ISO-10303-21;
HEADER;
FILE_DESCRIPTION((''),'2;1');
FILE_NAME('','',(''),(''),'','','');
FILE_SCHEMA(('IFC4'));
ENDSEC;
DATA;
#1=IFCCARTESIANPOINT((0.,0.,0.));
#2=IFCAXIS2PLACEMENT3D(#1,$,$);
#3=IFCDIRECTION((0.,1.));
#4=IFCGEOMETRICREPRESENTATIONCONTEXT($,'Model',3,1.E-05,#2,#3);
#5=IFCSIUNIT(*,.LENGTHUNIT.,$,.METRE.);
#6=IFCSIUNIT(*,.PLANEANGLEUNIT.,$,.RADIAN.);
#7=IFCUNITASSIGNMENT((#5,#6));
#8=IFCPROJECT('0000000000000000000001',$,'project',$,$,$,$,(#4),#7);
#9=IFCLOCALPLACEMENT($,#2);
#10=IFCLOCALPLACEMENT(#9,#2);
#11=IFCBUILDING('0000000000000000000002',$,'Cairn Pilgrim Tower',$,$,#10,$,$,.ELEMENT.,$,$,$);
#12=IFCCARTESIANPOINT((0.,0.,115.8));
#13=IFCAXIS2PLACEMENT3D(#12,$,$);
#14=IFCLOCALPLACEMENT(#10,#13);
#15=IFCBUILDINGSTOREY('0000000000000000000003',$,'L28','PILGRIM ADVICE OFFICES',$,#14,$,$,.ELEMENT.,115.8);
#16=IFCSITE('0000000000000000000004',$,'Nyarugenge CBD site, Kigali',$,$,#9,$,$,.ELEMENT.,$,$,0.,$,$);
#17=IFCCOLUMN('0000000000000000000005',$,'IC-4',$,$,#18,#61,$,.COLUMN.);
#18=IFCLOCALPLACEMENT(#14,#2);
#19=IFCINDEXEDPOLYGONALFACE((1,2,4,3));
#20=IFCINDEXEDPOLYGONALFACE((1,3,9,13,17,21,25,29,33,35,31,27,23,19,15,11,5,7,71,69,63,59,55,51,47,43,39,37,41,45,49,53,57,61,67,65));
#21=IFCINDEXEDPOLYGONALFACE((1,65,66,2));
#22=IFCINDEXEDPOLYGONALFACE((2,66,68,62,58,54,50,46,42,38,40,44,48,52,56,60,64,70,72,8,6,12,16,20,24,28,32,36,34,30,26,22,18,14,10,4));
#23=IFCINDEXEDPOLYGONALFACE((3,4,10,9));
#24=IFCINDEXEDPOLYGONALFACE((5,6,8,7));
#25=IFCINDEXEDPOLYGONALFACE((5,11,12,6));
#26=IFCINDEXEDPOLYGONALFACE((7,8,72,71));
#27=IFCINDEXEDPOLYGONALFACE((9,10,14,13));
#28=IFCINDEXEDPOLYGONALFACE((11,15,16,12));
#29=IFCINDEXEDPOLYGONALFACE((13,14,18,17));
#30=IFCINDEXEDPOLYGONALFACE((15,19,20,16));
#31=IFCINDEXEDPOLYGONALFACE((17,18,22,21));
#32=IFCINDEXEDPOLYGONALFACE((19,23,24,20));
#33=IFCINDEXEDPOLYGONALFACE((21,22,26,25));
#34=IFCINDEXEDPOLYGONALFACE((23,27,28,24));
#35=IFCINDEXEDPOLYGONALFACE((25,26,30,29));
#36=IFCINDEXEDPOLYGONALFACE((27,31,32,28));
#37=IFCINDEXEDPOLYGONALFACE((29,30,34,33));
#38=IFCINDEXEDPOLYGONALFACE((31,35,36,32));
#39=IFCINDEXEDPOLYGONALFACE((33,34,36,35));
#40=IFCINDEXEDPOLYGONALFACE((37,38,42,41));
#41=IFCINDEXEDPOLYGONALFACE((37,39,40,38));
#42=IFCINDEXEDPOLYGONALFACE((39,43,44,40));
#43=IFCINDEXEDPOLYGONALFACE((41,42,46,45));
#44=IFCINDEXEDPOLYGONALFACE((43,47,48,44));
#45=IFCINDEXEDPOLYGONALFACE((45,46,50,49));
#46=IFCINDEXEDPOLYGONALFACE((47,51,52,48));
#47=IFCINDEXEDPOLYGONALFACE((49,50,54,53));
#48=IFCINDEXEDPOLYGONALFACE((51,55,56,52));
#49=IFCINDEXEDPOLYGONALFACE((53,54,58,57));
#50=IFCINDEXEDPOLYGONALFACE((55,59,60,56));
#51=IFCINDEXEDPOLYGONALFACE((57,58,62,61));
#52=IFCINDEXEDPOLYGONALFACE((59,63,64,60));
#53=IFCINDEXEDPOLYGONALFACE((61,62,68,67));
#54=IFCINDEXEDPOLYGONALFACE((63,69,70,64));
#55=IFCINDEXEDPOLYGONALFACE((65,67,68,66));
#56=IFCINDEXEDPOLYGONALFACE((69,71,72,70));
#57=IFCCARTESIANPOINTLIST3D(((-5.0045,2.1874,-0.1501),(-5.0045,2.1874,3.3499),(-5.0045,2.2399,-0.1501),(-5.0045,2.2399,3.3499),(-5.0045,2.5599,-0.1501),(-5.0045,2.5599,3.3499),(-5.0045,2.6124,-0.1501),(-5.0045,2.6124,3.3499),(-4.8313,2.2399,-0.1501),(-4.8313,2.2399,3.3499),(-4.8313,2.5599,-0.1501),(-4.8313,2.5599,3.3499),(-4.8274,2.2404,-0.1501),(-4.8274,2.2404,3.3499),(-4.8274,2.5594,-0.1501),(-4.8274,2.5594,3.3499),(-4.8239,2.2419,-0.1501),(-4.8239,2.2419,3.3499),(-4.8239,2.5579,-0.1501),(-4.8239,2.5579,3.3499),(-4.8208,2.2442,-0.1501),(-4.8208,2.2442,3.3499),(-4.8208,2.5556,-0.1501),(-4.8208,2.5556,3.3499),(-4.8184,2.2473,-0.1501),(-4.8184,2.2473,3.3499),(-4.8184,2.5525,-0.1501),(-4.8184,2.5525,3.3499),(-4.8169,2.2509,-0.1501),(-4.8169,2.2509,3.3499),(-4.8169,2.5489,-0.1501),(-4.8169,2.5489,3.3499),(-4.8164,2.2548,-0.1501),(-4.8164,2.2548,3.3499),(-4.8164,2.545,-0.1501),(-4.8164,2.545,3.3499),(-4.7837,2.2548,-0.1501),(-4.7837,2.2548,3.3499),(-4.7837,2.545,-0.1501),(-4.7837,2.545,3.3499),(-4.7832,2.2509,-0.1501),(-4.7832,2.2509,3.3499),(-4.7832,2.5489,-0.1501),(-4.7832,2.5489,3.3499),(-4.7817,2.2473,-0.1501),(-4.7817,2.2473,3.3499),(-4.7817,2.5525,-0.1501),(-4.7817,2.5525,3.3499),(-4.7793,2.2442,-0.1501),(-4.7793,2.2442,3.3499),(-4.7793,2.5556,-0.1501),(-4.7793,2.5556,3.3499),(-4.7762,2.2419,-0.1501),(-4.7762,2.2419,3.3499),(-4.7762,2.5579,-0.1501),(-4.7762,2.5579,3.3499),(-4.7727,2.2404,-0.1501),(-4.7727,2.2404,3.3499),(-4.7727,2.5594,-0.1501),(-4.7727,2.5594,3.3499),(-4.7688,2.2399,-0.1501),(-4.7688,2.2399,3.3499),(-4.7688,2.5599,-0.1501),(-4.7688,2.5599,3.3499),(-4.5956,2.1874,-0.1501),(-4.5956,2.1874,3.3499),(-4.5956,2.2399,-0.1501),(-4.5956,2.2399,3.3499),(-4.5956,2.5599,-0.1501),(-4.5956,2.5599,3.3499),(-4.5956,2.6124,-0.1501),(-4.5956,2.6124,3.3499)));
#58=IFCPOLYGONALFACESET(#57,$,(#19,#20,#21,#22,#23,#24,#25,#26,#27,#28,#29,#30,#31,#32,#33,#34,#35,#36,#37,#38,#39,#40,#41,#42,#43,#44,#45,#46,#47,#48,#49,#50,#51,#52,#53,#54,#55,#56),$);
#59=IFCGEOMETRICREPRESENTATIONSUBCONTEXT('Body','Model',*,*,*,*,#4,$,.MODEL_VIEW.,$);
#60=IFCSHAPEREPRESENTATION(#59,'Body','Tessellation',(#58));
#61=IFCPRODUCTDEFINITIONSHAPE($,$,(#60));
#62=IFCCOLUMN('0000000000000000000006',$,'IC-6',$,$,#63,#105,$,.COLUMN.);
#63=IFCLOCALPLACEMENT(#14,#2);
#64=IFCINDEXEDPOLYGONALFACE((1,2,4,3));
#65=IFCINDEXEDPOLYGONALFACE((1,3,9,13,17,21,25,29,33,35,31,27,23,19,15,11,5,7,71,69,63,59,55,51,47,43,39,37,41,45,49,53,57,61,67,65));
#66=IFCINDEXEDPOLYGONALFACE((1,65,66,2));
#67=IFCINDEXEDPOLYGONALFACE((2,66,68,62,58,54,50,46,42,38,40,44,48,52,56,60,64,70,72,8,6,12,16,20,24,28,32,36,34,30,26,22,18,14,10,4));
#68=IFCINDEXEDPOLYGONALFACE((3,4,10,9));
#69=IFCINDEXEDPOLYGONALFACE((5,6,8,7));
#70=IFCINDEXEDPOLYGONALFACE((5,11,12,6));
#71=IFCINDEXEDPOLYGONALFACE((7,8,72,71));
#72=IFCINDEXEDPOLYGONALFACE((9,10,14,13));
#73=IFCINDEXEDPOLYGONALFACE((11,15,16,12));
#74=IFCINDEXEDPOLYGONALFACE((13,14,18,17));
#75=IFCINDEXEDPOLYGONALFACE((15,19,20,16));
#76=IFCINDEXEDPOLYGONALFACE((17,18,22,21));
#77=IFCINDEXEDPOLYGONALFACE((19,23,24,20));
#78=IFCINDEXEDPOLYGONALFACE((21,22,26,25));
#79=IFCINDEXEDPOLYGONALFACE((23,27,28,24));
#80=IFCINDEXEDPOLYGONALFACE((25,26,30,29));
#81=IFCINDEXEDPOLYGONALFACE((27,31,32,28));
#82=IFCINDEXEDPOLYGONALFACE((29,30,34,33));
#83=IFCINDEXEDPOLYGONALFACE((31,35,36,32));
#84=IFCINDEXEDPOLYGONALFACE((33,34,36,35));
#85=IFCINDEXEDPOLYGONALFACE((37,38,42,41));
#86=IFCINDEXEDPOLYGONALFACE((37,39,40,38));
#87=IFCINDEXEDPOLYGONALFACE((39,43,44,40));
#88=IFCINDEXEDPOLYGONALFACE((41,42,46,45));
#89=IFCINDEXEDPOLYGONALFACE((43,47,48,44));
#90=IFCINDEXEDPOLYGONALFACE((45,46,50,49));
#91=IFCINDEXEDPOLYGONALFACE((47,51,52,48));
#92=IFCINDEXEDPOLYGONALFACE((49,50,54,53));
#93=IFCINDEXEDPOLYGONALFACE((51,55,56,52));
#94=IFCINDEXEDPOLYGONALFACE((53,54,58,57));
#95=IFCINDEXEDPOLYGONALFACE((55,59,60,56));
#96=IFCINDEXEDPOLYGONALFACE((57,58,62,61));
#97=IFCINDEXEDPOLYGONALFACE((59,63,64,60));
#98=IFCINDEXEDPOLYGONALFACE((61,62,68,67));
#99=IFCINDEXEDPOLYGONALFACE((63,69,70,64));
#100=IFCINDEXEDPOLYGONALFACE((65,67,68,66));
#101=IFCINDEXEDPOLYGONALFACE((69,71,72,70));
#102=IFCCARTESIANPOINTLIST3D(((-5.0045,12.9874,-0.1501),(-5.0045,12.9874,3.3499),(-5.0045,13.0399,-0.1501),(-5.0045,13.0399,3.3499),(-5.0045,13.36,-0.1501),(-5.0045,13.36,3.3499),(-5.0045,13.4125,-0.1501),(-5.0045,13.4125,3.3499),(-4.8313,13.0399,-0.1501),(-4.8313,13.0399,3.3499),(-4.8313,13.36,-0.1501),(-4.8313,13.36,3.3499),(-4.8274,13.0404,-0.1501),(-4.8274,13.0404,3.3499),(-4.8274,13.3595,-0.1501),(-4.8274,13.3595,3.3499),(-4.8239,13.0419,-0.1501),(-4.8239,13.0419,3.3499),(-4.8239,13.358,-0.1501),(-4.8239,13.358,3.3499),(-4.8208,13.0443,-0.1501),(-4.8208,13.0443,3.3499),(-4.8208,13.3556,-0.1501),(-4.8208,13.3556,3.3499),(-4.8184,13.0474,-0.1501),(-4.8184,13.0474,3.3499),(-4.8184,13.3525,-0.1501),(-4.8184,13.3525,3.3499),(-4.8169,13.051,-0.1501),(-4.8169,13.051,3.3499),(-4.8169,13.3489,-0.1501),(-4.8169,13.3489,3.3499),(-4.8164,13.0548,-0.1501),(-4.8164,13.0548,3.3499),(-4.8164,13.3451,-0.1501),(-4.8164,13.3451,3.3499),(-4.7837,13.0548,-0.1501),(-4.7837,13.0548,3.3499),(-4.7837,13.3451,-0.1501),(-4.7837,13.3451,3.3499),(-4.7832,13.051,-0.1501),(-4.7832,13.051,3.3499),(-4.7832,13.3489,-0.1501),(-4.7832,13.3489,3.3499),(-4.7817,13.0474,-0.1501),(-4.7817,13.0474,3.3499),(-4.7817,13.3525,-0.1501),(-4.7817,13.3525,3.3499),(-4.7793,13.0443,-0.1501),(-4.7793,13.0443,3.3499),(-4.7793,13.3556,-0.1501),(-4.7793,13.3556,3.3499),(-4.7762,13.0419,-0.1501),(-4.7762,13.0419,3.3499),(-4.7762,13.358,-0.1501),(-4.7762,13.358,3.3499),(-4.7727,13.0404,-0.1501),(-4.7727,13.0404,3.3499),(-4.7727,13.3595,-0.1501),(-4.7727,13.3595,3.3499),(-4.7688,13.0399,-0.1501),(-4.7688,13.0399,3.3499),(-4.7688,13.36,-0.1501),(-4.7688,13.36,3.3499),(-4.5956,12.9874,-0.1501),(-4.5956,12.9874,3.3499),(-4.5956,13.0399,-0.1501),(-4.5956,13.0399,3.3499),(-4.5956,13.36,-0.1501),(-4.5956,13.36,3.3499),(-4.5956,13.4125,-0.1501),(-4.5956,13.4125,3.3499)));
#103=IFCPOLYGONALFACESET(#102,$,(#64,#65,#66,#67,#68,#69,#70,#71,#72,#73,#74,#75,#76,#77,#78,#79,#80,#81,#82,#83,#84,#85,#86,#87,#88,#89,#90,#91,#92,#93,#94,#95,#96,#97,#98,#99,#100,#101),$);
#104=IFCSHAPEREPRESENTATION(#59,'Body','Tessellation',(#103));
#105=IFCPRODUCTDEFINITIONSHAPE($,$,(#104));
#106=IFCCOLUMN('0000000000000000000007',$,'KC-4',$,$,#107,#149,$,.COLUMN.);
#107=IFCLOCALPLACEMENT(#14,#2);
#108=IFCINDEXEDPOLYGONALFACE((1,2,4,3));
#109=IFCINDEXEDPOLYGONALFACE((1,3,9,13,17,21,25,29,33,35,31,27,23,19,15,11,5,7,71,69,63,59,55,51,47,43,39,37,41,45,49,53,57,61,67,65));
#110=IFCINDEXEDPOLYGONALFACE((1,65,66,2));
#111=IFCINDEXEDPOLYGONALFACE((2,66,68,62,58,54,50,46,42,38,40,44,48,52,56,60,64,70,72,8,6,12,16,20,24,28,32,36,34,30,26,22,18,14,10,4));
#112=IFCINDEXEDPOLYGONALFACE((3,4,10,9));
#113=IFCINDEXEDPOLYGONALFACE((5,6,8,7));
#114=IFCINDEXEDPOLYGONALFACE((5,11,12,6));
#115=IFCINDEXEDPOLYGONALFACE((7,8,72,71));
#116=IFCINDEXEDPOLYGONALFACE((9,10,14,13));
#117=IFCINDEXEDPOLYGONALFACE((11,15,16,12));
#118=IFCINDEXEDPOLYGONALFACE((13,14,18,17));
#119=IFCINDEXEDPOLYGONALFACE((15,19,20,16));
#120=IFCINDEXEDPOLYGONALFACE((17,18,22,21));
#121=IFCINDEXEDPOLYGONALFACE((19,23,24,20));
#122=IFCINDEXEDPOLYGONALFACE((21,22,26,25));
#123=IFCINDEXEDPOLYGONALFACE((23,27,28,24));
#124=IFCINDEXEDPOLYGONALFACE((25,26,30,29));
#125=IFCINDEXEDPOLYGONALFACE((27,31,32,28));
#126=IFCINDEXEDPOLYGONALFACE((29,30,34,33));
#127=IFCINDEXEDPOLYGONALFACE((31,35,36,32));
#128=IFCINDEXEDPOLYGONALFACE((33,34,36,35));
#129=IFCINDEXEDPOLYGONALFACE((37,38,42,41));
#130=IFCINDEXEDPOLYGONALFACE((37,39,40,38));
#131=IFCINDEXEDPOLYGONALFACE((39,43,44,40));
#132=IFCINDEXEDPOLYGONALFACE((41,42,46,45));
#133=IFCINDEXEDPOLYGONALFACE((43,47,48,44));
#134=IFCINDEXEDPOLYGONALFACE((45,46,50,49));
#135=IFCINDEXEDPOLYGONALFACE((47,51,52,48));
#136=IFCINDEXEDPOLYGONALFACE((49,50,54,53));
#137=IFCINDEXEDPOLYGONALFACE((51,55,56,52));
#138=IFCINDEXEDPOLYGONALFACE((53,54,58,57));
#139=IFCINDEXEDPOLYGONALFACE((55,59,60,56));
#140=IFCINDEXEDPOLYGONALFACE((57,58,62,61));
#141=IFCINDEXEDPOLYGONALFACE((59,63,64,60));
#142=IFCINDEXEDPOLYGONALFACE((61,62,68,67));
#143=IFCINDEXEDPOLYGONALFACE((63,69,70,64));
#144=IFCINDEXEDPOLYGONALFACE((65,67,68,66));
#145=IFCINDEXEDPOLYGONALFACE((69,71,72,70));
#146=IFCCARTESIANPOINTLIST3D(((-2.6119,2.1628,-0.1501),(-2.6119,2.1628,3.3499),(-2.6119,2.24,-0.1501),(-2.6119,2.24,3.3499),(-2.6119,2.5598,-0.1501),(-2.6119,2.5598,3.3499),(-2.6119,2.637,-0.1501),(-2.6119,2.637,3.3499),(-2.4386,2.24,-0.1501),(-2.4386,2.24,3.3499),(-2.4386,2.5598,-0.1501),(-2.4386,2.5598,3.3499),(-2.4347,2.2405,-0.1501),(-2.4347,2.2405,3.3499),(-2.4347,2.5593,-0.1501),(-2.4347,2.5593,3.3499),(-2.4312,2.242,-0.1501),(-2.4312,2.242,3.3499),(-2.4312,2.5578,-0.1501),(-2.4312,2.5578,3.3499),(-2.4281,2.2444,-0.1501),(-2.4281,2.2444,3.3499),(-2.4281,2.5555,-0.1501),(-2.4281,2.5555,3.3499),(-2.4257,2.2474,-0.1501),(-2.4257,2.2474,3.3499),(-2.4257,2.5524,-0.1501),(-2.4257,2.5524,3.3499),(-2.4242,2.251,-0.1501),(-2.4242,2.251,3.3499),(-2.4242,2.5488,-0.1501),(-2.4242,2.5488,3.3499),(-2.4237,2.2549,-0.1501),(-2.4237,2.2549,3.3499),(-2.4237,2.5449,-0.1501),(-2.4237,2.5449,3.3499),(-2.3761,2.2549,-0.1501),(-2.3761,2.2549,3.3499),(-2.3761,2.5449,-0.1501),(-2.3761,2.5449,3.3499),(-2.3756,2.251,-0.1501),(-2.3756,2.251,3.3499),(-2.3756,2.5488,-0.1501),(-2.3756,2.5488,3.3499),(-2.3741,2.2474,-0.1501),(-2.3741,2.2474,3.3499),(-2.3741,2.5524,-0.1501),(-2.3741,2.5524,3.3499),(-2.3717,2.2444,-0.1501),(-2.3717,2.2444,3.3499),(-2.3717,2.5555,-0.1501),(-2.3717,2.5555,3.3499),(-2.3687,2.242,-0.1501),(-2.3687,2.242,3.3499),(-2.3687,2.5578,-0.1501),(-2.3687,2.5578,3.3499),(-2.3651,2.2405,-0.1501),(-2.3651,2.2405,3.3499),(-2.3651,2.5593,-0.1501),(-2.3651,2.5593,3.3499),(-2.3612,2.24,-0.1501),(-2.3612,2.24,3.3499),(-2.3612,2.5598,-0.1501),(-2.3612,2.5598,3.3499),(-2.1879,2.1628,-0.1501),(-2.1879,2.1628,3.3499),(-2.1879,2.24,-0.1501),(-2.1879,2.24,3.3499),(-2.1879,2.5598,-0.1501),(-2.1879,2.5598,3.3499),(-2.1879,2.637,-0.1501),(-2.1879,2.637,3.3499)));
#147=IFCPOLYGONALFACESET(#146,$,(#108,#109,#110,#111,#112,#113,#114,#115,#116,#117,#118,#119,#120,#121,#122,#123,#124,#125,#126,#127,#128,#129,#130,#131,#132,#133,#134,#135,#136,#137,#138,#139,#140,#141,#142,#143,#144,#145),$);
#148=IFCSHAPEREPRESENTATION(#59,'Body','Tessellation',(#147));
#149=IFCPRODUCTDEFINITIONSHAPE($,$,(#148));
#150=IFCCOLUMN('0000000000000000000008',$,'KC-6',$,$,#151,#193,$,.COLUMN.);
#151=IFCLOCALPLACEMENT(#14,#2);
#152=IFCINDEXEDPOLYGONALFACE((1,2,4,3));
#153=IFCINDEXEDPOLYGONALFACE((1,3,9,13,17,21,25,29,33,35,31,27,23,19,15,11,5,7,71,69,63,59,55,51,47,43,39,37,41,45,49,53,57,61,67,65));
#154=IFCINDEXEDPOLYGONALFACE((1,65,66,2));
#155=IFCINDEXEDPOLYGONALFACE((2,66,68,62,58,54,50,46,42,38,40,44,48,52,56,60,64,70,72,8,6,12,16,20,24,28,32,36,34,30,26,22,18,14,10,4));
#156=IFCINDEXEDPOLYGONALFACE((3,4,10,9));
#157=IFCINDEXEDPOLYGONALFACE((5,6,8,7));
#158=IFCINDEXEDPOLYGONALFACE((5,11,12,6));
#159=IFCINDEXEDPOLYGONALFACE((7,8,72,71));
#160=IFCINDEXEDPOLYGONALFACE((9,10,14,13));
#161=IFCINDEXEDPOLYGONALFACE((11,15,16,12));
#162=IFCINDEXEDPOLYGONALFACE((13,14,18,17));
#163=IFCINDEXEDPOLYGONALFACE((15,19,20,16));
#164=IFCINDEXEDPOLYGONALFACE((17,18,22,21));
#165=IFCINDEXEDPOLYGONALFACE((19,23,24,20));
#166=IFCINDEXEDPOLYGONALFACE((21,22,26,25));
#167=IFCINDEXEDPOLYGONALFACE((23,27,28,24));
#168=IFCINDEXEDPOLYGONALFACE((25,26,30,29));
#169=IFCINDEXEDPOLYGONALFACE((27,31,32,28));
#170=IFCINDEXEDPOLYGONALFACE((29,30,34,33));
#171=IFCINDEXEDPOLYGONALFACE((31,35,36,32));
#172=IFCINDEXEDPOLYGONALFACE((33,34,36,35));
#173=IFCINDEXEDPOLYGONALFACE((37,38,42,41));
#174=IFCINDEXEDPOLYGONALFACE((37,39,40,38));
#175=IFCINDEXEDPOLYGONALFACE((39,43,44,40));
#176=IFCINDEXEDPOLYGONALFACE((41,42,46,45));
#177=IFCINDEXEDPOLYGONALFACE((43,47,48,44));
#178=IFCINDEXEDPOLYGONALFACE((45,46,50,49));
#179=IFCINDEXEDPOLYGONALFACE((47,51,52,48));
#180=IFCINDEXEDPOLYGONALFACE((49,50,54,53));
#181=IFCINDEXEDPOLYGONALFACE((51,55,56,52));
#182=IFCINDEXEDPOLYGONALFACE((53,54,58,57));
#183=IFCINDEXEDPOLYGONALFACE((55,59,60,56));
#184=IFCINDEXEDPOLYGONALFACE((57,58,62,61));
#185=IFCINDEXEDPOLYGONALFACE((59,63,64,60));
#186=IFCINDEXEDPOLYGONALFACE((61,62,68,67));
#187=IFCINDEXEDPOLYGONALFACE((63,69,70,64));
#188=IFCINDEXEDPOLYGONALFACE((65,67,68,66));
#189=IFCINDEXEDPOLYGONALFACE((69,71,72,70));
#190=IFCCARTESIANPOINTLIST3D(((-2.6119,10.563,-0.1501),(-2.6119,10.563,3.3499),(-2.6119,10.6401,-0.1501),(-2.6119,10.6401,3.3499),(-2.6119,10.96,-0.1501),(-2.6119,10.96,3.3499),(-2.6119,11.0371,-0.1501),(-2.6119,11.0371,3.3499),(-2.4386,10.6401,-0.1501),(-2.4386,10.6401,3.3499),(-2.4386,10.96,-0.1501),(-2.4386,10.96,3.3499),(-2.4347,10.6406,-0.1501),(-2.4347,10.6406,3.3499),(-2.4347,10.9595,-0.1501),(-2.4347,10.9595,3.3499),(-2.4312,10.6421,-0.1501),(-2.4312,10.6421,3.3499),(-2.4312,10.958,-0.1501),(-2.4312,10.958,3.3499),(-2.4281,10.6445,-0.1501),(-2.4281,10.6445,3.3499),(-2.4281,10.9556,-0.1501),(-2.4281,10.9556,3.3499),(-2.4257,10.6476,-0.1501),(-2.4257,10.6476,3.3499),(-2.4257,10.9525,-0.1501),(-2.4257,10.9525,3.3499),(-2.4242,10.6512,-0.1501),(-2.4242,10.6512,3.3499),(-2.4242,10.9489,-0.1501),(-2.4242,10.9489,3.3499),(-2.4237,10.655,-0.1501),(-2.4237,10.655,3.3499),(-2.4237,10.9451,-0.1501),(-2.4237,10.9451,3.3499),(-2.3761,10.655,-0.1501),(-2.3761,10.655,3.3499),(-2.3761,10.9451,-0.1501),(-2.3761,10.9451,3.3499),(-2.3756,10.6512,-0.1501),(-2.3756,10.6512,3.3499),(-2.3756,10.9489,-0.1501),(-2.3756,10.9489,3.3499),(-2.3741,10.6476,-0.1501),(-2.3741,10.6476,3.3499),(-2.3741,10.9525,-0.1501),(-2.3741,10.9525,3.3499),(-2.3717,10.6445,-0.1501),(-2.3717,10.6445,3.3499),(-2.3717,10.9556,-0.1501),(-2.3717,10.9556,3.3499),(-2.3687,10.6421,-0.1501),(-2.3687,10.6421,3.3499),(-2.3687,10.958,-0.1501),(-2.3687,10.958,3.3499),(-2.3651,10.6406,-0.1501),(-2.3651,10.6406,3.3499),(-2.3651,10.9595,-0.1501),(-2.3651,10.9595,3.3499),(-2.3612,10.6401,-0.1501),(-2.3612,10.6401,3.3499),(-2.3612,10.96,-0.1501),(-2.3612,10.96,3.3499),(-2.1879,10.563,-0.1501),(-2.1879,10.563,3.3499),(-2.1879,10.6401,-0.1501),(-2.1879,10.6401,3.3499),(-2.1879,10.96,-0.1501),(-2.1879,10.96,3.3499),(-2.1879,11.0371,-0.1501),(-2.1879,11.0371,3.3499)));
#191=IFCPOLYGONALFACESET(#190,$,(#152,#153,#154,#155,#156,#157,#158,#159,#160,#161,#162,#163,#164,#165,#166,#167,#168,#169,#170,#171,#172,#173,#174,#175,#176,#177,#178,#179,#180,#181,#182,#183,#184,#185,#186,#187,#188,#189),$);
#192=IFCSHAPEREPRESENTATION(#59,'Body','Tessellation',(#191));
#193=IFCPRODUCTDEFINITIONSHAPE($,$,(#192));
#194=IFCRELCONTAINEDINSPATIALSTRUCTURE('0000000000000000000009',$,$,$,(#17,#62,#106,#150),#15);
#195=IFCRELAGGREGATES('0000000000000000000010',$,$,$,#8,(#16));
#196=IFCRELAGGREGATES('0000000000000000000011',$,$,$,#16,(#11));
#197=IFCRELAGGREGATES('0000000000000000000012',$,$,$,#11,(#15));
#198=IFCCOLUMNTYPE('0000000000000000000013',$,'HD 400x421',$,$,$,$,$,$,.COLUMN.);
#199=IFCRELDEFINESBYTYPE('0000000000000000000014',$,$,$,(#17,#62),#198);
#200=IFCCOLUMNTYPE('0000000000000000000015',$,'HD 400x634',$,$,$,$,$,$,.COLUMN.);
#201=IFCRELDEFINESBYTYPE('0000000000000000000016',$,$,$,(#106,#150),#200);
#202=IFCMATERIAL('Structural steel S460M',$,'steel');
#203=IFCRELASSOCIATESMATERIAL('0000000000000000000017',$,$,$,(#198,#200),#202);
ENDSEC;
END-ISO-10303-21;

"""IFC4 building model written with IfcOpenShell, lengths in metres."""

from ifc_helpers import new_model, si_unit, direction, frame, origin, origin_2d, place, context, subcontext, project, spatial, i_section, extrude, material, material_profile, profile_set, type_object, element, save


model = new_model("IFC4")

# Units and contexts
model_context = context("Model", 3, precision=1e-05, world=origin(), true_north=direction((0.0, 1.0)))
body_context = subcontext(model_context, "Body", "Model", "MODEL_VIEW")
ifc_project = project(units=[si_unit("LENGTHUNIT", "METRE"), si_unit("PLANEANGLEUNIT", "RADIAN")], contexts=[model_context])

# Site, building, storey
site_placement = place(None, origin())
site = spatial("IfcSite", under=ifc_project, at=site_placement, Name="Nyarugenge CBD site, Kigali", CompositionType="ELEMENT", RefElevation=0.0)
building_placement = place(site_placement, origin())
building = spatial("IfcBuilding", under=site, at=building_placement, Name="Cairn Pilgrim Tower", CompositionType="ELEMENT")
storey_placement = place(building_placement, frame((0.0, 0.0, 115.8)))
storey = spatial("IfcBuildingStorey", under=building, at=storey_placement, Name="L28", Description="PILGRIM ADVICE OFFICES", CompositionType="ELEMENT", Elevation=115.8)

# Columns
ifc_material_1 = material(Name="Structural steel S460M", Category="steel")
ifc_material_profile_1 = material_profile(ifc_material_1, i_section(OverallWidth=0.4089, OverallDepth=0.425, WebThickness=0.0327, FlangeThickness=0.0525, FilletRadius=0.0149, at=origin_2d()), Name="HD 400x421")
ifc_profile_set_1 = profile_set([ifc_material_profile_1], Name="Structural steel S460M")
column_type_1 = type_object("IfcColumnType", Name="HD 400x421", PredefinedType="COLUMN", material=ifc_profile_set_1)
for number, where, z_axis, x_axis, name in (
    (1, (-4.8, 2.3999, -0.1501), (0.0, 0.0, 1.0), (1.0, 0.0, 0.0), "IC-4"),
    (2, (-4.8, 13.2, -0.1501), (0.0, 0.0, 1.0), (1.0, 0.0, 0.0), "IC-6"),
):
    element("IfcColumn", number, at=place(storey_placement, frame(where, z_axis=z_axis, x_axis=x_axis)), inside=storey, type_object=column_type_1, Name=name, PredefinedType="COLUMN", context=body_context, shape_type="SweptSolid", body=[
        extrude(i_section(OverallWidth=0.4089, OverallDepth=0.425, WebThickness=0.0327, FlangeThickness=0.0525, FilletRadius=0.0149, at=origin_2d()), origin(), (0.0, 0.0, 1.0), 3.5),
    ])
ifc_material_profile_2 = material_profile(ifc_material_1, i_section(OverallWidth=0.4241, OverallDepth=0.4741, WebThickness=0.0476, FlangeThickness=0.0771, FilletRadius=0.0149, at=origin_2d()), Name="HD 400x634")
ifc_profile_set_2 = profile_set([ifc_material_profile_2], Name="Structural steel S460M")
column_type_2 = type_object("IfcColumnType", Name="HD 400x634", PredefinedType="COLUMN", material=ifc_profile_set_2)
for number, where, z_axis, x_axis, name in (
    (3, (-2.3999, 2.3999, -0.1501), (0.0, 0.0, 1.0), (1.0, 0.0, 0.0), "KC-4"),
    (4, (-2.3999, 10.8, -0.1501), (0.0, 0.0, 1.0), (1.0, 0.0, 0.0), "KC-6"),
):
    element("IfcColumn", number, at=place(storey_placement, frame(where, z_axis=z_axis, x_axis=x_axis)), inside=storey, type_object=column_type_2, Name=name, PredefinedType="COLUMN", context=body_context, shape_type="SweptSolid", body=[
        extrude(i_section(OverallWidth=0.4241, OverallDepth=0.4741, WebThickness=0.0476, FlangeThickness=0.0771, FilletRadius=0.0149, at=origin_2d()), origin(), (0.0, 0.0, 1.0), 3.5),
    ])

save(model, "model.ifc")
